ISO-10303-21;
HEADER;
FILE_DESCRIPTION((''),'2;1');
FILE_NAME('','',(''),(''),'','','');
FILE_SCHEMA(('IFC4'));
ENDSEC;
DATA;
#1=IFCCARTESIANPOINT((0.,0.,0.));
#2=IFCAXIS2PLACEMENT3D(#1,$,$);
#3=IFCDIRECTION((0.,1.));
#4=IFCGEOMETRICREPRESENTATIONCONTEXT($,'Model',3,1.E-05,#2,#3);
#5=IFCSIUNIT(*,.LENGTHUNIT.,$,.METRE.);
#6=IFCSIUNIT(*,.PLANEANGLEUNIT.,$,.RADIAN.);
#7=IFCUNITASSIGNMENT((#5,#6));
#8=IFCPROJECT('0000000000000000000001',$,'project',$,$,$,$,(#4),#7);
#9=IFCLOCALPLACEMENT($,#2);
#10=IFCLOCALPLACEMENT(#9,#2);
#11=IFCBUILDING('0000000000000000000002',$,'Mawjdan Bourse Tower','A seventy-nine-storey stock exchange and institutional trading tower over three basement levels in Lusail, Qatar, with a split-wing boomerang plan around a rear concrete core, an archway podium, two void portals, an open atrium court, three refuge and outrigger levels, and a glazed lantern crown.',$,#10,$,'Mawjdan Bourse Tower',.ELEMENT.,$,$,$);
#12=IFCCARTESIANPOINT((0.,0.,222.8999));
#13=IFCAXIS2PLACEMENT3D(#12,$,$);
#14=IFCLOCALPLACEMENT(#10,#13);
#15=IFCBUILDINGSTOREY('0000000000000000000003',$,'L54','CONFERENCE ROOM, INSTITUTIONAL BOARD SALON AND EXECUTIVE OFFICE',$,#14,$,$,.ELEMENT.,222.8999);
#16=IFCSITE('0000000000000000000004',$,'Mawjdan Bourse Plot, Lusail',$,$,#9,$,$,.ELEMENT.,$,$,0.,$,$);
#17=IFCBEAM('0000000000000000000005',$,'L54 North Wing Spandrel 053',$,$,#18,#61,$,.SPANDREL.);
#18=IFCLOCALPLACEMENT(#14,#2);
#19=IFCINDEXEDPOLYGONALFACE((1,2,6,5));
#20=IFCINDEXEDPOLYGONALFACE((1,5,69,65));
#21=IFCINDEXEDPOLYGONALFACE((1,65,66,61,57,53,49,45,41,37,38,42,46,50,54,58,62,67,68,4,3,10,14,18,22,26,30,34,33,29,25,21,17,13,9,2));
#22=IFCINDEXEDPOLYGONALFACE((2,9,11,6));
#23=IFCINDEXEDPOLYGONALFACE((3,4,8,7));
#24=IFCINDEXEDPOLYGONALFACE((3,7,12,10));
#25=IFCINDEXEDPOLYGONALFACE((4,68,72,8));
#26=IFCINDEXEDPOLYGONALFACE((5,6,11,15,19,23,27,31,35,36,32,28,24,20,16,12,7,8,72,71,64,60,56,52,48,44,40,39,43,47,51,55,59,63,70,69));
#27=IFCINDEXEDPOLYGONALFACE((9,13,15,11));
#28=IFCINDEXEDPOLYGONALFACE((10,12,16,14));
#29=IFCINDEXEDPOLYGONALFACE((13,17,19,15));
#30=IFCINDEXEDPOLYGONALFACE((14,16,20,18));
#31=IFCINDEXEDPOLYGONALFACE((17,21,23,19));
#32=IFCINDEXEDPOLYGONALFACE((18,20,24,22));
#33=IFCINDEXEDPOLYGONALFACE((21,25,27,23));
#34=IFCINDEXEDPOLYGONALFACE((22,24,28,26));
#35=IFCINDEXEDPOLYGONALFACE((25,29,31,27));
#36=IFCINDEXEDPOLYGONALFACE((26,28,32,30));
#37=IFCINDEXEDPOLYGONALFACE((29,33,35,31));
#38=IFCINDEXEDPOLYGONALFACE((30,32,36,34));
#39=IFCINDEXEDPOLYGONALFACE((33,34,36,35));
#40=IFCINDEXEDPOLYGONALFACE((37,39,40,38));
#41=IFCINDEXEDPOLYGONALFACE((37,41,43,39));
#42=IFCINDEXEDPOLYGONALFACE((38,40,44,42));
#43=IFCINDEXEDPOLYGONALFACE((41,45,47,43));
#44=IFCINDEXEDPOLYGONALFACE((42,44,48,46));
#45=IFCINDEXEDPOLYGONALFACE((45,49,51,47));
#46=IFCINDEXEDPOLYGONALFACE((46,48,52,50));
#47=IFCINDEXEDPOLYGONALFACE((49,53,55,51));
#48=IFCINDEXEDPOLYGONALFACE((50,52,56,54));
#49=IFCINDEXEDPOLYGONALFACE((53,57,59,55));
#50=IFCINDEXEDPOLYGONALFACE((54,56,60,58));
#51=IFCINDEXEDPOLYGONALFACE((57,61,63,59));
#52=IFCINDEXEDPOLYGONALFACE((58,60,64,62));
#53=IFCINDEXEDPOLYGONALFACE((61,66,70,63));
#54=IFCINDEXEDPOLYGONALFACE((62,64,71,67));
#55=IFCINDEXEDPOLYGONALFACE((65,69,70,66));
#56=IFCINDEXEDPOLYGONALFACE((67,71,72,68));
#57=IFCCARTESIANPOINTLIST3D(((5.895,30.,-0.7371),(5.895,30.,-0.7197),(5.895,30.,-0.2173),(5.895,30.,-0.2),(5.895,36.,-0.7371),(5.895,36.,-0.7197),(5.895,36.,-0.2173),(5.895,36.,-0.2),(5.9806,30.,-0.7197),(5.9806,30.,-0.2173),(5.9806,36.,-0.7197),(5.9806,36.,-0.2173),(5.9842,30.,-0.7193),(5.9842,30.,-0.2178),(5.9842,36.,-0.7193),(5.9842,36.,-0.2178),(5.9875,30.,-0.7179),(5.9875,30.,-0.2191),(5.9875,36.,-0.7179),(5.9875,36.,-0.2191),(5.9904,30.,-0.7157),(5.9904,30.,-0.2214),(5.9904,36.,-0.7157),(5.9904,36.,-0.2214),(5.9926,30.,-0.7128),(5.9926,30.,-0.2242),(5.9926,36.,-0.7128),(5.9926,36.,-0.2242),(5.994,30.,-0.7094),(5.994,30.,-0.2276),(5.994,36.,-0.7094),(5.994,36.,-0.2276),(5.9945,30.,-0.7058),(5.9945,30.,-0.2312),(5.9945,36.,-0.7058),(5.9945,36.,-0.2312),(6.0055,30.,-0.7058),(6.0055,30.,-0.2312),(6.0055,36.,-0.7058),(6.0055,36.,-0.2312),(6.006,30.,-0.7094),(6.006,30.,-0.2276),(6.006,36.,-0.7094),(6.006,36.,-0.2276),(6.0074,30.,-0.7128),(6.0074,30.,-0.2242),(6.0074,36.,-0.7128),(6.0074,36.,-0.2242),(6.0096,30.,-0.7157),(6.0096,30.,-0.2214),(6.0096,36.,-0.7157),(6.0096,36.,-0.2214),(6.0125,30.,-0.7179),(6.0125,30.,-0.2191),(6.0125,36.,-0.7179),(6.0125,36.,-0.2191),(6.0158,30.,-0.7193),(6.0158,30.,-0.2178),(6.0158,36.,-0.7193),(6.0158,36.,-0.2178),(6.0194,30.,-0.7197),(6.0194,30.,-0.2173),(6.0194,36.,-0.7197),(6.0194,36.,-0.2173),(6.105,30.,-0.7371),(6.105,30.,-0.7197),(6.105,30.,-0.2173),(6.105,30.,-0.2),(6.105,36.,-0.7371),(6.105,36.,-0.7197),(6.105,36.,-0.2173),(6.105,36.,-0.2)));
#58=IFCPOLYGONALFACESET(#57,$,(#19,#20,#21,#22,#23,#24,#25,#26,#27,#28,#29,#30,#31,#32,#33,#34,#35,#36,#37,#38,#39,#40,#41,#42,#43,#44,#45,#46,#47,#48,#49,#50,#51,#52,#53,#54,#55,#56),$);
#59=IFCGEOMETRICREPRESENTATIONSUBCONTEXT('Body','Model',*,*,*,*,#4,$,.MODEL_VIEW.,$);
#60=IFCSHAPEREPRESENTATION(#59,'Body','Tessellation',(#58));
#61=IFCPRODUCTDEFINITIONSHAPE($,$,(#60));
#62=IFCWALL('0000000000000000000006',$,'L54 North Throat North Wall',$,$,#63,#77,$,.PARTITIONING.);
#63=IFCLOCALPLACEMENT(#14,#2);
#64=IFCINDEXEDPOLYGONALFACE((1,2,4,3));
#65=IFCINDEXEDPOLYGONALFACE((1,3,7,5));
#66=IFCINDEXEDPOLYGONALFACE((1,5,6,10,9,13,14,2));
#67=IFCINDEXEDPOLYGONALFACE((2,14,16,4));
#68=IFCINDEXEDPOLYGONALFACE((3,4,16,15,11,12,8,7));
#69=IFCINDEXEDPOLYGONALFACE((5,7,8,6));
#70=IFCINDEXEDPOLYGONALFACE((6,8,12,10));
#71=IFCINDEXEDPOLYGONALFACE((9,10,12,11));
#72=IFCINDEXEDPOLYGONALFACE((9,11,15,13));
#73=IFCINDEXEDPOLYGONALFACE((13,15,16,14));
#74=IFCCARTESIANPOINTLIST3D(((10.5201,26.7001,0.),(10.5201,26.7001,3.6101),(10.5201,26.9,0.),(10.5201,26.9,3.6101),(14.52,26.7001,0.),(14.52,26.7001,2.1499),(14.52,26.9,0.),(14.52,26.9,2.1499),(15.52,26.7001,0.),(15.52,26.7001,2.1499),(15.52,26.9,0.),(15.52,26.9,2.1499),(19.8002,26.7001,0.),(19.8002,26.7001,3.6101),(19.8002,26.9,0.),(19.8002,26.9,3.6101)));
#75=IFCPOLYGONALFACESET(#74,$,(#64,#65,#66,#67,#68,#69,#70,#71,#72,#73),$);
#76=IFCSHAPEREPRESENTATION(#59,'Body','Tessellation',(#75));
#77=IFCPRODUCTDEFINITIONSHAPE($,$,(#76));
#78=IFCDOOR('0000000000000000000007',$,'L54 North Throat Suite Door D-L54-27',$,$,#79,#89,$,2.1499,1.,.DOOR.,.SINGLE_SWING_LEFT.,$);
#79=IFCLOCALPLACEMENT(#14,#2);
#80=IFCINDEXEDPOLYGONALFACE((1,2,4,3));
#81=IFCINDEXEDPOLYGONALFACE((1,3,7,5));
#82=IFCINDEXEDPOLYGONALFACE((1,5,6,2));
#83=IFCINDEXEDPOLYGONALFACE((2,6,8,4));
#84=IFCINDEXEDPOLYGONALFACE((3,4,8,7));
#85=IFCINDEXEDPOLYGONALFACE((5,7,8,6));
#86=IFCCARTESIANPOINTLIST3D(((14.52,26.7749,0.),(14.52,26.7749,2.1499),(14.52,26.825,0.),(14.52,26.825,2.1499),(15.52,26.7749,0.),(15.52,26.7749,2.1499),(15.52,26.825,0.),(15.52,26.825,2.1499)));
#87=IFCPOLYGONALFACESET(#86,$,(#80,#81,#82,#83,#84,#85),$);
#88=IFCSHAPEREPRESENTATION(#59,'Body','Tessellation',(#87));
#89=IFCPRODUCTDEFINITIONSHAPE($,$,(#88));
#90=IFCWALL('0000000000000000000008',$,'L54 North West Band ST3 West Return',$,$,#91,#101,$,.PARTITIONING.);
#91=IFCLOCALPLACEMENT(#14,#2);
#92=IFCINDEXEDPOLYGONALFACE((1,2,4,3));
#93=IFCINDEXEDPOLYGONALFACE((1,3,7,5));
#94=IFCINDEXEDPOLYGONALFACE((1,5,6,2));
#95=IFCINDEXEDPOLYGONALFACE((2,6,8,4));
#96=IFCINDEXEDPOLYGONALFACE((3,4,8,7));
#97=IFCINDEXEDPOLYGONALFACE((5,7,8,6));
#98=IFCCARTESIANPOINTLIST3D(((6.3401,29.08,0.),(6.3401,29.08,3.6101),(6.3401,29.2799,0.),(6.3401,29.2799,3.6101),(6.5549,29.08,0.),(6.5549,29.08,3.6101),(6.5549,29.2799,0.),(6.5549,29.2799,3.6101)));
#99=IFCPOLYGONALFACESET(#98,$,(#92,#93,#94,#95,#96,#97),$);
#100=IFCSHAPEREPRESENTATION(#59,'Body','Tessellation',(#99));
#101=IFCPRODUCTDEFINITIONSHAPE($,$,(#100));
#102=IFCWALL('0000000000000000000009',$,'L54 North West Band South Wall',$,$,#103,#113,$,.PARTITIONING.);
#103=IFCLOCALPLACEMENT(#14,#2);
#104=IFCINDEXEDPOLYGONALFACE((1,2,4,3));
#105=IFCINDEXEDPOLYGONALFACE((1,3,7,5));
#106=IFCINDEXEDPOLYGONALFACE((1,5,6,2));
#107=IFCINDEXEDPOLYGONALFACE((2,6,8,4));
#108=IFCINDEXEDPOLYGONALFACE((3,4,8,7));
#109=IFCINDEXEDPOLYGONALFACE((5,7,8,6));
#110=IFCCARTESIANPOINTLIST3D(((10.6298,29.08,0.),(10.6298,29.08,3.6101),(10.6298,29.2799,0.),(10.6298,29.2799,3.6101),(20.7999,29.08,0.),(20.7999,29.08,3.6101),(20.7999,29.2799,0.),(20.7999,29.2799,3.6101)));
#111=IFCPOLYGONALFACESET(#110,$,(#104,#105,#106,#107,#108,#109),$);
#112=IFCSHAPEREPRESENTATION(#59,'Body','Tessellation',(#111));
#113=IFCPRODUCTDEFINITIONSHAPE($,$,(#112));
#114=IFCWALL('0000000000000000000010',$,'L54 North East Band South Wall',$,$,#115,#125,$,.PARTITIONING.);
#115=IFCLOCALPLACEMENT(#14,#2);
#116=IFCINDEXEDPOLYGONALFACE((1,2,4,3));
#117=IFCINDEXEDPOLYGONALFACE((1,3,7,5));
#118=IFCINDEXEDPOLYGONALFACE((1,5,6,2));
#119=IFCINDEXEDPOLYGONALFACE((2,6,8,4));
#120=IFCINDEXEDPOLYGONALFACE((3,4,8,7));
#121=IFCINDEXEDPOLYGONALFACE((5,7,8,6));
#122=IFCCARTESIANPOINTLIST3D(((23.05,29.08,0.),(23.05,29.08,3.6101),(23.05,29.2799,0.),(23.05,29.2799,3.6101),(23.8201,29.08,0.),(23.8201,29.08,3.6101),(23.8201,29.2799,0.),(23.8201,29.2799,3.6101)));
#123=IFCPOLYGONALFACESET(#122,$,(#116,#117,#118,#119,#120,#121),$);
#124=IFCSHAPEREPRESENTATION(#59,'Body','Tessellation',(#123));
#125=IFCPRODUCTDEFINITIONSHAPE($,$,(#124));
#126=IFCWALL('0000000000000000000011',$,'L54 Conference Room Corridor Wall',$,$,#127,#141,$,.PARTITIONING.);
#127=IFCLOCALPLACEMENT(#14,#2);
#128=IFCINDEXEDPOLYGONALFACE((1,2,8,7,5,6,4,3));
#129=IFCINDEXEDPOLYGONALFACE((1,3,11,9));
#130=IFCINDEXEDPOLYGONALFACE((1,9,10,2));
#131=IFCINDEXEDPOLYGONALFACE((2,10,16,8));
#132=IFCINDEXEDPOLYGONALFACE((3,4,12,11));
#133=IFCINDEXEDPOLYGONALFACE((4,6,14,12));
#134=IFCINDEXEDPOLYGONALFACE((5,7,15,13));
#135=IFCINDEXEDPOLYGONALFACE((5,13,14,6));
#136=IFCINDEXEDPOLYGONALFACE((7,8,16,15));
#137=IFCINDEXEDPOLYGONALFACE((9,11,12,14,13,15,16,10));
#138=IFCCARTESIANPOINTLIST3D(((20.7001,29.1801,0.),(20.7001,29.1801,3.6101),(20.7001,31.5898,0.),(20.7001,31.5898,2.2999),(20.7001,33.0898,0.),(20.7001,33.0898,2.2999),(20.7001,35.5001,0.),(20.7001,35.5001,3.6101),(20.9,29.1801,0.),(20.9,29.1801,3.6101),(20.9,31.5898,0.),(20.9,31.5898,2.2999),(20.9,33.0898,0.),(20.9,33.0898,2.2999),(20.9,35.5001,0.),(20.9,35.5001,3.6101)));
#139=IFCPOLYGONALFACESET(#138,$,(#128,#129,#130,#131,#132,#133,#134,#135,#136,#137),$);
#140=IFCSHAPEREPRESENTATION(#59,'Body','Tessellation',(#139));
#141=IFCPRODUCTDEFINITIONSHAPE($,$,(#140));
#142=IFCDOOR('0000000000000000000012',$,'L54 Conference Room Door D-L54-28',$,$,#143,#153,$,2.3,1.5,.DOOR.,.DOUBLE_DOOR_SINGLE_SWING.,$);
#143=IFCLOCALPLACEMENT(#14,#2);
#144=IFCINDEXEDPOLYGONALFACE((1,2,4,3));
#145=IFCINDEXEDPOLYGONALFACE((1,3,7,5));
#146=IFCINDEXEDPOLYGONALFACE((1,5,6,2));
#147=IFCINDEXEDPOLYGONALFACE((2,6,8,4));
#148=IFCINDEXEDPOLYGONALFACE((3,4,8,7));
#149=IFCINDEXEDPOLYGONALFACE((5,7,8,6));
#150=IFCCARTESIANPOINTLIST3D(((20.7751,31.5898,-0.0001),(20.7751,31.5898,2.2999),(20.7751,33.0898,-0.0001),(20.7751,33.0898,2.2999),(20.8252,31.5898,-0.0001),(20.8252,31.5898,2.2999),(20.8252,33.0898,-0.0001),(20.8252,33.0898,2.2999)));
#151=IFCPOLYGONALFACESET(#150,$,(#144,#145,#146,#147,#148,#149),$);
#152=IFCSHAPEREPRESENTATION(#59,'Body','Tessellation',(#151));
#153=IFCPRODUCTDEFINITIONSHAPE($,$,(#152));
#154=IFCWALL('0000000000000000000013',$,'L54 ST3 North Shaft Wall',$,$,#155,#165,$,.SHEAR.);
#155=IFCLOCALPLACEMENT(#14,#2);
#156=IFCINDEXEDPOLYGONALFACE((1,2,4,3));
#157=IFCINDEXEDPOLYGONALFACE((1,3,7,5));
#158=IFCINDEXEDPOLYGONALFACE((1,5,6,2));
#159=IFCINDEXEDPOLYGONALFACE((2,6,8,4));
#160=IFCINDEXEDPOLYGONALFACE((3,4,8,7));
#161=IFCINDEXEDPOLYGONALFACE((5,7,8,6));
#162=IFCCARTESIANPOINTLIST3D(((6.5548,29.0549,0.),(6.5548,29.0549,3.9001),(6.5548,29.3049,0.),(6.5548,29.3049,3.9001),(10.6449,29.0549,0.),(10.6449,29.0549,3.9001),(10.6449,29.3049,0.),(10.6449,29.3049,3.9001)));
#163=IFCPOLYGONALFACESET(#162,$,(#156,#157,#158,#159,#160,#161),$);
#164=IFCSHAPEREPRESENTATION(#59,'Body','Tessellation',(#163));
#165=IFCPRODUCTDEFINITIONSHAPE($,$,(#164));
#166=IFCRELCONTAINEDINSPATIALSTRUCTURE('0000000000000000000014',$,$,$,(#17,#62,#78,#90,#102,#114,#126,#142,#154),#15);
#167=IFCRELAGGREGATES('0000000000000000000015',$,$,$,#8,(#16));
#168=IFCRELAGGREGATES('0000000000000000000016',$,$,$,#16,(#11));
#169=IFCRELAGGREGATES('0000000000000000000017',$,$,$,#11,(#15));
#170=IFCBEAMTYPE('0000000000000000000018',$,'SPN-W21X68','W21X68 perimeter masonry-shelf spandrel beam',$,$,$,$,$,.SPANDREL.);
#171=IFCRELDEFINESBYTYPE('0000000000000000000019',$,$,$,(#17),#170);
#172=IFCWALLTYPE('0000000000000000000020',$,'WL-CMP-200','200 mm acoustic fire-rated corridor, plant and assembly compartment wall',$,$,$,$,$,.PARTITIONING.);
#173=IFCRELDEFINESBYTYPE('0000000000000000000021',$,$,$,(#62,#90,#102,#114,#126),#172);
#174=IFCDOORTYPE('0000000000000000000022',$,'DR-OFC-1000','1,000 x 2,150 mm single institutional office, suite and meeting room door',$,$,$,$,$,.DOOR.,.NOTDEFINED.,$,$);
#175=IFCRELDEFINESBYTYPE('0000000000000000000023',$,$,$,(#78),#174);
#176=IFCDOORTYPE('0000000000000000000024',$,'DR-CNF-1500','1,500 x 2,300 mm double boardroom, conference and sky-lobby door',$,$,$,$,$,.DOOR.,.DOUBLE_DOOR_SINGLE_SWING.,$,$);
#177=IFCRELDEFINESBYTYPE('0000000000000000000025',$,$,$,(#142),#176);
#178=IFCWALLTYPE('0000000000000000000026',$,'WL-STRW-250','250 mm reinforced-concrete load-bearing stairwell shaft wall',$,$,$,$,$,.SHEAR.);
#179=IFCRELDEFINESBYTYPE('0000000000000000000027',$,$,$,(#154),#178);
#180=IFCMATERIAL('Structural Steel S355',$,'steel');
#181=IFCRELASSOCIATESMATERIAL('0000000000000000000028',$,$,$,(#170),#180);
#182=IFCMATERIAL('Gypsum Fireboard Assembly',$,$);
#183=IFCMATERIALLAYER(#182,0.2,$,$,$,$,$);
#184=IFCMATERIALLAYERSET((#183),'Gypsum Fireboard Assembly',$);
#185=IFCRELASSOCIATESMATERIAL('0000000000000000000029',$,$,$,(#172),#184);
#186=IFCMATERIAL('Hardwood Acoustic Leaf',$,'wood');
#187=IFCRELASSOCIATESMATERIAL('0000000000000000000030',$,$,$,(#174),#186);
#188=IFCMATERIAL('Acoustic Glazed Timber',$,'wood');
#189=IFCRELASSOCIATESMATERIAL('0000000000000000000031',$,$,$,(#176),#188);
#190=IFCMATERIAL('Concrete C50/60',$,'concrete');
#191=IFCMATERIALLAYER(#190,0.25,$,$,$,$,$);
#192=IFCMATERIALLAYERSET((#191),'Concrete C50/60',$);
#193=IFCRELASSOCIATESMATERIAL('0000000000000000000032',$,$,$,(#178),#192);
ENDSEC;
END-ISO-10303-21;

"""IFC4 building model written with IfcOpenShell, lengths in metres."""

from ifc_helpers import new_model, si_unit, direction, frame, frame_2d, origin, origin_2d, place, context, subcontext, project, spatial, rectangle, i_section, extrude, material, layer, layer_set, material_profile, profile_set, type_object, element, fill, save


model = new_model("IFC4")

# Units and contexts
model_context = context("Model", 3, precision=1e-05, world=origin(), true_north=direction((0.0, 1.0)))
body_context = subcontext(model_context, "Body", "Model", "MODEL_VIEW")
ifc_project = project(units=[si_unit("LENGTHUNIT", "METRE"), si_unit("PLANEANGLEUNIT", "RADIAN")], contexts=[model_context])

# Site, building, storey
site_placement = place(None, origin())
site = spatial("IfcSite", under=ifc_project, at=site_placement, Name="Mawjdan Bourse Plot, Lusail", CompositionType="ELEMENT", RefElevation=0.0)
building_placement = place(site_placement, origin())
building = spatial("IfcBuilding", under=site, at=building_placement, Name="Mawjdan Bourse Tower", Description="A seventy-nine-storey stock exchange and institutional trading tower over three basement levels in Lusail, Qatar, with a split-wing boomerang plan around a rear concrete core, an archway podium, two void portals, an open atrium court, three refuge and outrigger levels, and a glazed lantern crown.", LongName="Mawjdan Bourse Tower", CompositionType="ELEMENT")
storey_placement = place(building_placement, frame((0.0, 0.0, 222.8999)))
storey = spatial("IfcBuildingStorey", under=building, at=storey_placement, Name="L54", Description="CONFERENCE ROOM, INSTITUTIONAL BOARD SALON AND EXECUTIVE OFFICE", CompositionType="ELEMENT", Elevation=222.8999)

# Beam
ifc_material_1 = material(Name="Structural Steel S355", Category="steel")
ifc_material_profile_1 = material_profile(ifc_material_1, i_section(OverallWidth=0.21, OverallDepth=0.5371, WebThickness=0.011, FlangeThickness=0.0173, FilletRadius=0.0139, at=origin_2d()), Name="W21X68")
ifc_profile_set_1 = profile_set([ifc_material_profile_1], Name="Structural Steel S355")
beam_type_1 = type_object("IfcBeamType", Name="SPN-W21X68", Description="W21X68 perimeter masonry-shelf spandrel beam", PredefinedType="SPANDREL", material=ifc_profile_set_1)
beam_1_placement = place(storey_placement, frame((6.0, 30.0, -0.4685), z_axis=(0.0, 1.0, 0.0), x_axis=(-1.0, 0.0, 0.0)))
element("IfcBeam", 1, at=beam_1_placement, inside=storey, type_object=beam_type_1, Name="L54 North Wing Spandrel 053", PredefinedType="SPANDREL", context=body_context, shape_type="SweptSolid", body=[
    extrude(i_section(OverallWidth=0.21, OverallDepth=0.5371, WebThickness=0.011, FlangeThickness=0.0173, FilletRadius=0.0139, at=origin_2d()), origin(), (0.0, 0.0, 1.0), 6.0),
])

# Wall, opening, door
ifc_material_2 = material(Name="Gypsum Fireboard Assembly")
ifc_layer_1 = layer(ifc_material_2, 0.2)
ifc_layer_set_1 = layer_set([ifc_layer_1], Name="Gypsum Fireboard Assembly")
wall_type_1 = type_object("IfcWallType", Name="WL-CMP-200", Description="200 mm acoustic fire-rated corridor, plant and assembly compartment wall", PredefinedType="PARTITIONING", material=ifc_layer_set_1)
wall_1_placement = place(storey_placement, frame((10.52, 26.8, 0.0), z_axis=(0.0, 0.0, 1.0), x_axis=(1.0, 0.0, 0.0)))
wall_1 = element("IfcWall", 2, at=wall_1_placement, inside=storey, type_object=wall_type_1, Name="L54 North Throat North Wall", PredefinedType="PARTITIONING", context=body_context, shape_type="SweptSolid", body=[
    extrude(rectangle(XDim=9.28, YDim=0.2, at=frame_2d((4.6401, 0.0))), origin(), (0.0, 0.0, 1.0), 3.6101),
])
opening_1_placement = place(wall_1_placement, frame((4.0, 0.0, 0.0)))
opening_1 = element("IfcOpeningElement", 3, at=opening_1_placement, cuts=wall_1, PredefinedType="OPENING", context=body_context, shape_type="SweptSolid", body=[
    extrude(rectangle(XDim=1.0, YDim=2.1499, at=frame_2d((0.5, 1.075))), frame((0.0, 0.1099, 0.0), z_axis=(0.0, -1.0, 0.0), x_axis=(1.0, 0.0, 0.0)), (0.0, 0.0, 1.0), 0.22),
])
ifc_material_3 = material(Name="Hardwood Acoustic Leaf", Category="wood")
door_type_1 = type_object("IfcDoorType", Name="DR-OFC-1000", Description="1,000 x 2,150 mm single institutional office, suite and meeting room door", OperationType="NOTDEFINED", PredefinedType="DOOR", material=ifc_material_3)
door_1_placement = place(opening_1_placement, origin())
door_1 = element("IfcDoor", 4, at=door_1_placement, inside=storey, type_object=door_type_1, Name="L54 North Throat Suite Door D-L54-27", OperationType="SINGLE_SWING_LEFT", OverallHeight=2.1499, OverallWidth=1.0, PredefinedType="DOOR", context=body_context, shape_type="SweptSolid", body=[
    extrude(rectangle(XDim=1.0, YDim=2.1499, at=frame_2d((0.5, 1.075))), frame((0.0, 0.0249, 0.0), z_axis=(0.0, -1.0, 0.0), x_axis=(1.0, 0.0, 0.0)), (0.0, 0.0, 1.0), 0.05),
])
fill(opening_1, door_1)

# Walls
wall_2_placement = place(storey_placement, frame((6.3401, 29.1799, 0.0), z_axis=(0.0, 0.0, 1.0), x_axis=(1.0, 0.0, 0.0)))
element("IfcWall", 5, at=wall_2_placement, inside=storey, type_object=wall_type_1, Name="L54 North West Band ST3 West Return", PredefinedType="PARTITIONING", context=body_context, shape_type="SweptSolid", body=[
    extrude(rectangle(XDim=0.2148, YDim=0.2, at=frame_2d((0.1074, 0.0))), origin(), (0.0, 0.0, 1.0), 3.6101),
])
wall_3_placement = place(storey_placement, frame((10.6299, 29.1799, 0.0), z_axis=(0.0, 0.0, 1.0), x_axis=(1.0, 0.0, 0.0)))
element("IfcWall", 6, at=wall_3_placement, inside=storey, type_object=wall_type_1, Name="L54 North West Band South Wall", PredefinedType="PARTITIONING", context=body_context, shape_type="SweptSolid", body=[
    extrude(rectangle(XDim=10.1702, YDim=0.2, at=frame_2d((5.085, 0.0))), origin(), (0.0, 0.0, 1.0), 3.6101),
])
wall_4_placement = place(storey_placement, frame((23.05, 29.1799, 0.0), z_axis=(0.0, 0.0, 1.0), x_axis=(1.0, 0.0, 0.0)))
element("IfcWall", 7, at=wall_4_placement, inside=storey, type_object=wall_type_1, Name="L54 North East Band South Wall", PredefinedType="PARTITIONING", context=body_context, shape_type="SweptSolid", body=[
    extrude(rectangle(XDim=0.77, YDim=0.2, at=frame_2d((0.385, 0.0))), origin(), (0.0, 0.0, 1.0), 3.6101),
])

# Wall, opening, door
wall_5_placement = place(storey_placement, frame((20.8, 29.1799, 0.0), z_axis=(0.0, 0.0, 1.0), x_axis=(0.0, 1.0, 0.0)))
wall_5 = element("IfcWall", 8, at=wall_5_placement, inside=storey, type_object=wall_type_1, Name="L54 Conference Room Corridor Wall", PredefinedType="PARTITIONING", context=body_context, shape_type="SweptSolid", body=[
    extrude(rectangle(XDim=6.3201, YDim=0.2, at=frame_2d((3.1602, 0.0))), origin(), (0.0, 0.0, 1.0), 3.6101),
])
opening_2_placement = place(wall_5_placement, frame((2.4099, 0.0, 0.0)))
opening_2 = element("IfcOpeningElement", 9, at=opening_2_placement, cuts=wall_5, PredefinedType="OPENING", context=body_context, shape_type="SweptSolid", body=[
    extrude(rectangle(XDim=1.5, YDim=2.3, at=frame_2d((0.75, 1.1499))), frame((0.0, 0.1099, 0.0), z_axis=(0.0, -1.0, 0.0), x_axis=(1.0, 0.0, 0.0)), (0.0, 0.0, 1.0), 0.22),
])
ifc_material_4 = material(Name="Acoustic Glazed Timber", Category="wood")
door_type_2 = type_object("IfcDoorType", Name="DR-CNF-1500", Description="1,500 x 2,300 mm double boardroom, conference and sky-lobby door", OperationType="DOUBLE_DOOR_SINGLE_SWING", PredefinedType="DOOR", material=ifc_material_4)
door_2_placement = place(opening_2_placement, origin())
door_2 = element("IfcDoor", 10, at=door_2_placement, inside=storey, type_object=door_type_2, Name="L54 Conference Room Door D-L54-28", OperationType="DOUBLE_DOOR_SINGLE_SWING", OverallHeight=2.3, OverallWidth=1.5, PredefinedType="DOOR", context=body_context, shape_type="SweptSolid", body=[
    extrude(rectangle(XDim=1.5, YDim=2.3, at=frame_2d((0.75, 1.1499))), frame((0.0, 0.0249, 0.0), z_axis=(0.0, -1.0, 0.0), x_axis=(1.0, 0.0, 0.0)), (0.0, 0.0, 1.0), 0.05),
])
fill(opening_2, door_2)

# Wall
ifc_material_5 = material(Name="Concrete C50/60", Category="concrete")
ifc_layer_2 = layer(ifc_material_5, 0.25)
ifc_layer_set_2 = layer_set([ifc_layer_2], Name="Concrete C50/60")
wall_type_2 = type_object("IfcWallType", Name="WL-STRW-250", Description="250 mm reinforced-concrete load-bearing stairwell shaft wall", PredefinedType="SHEAR", material=ifc_layer_set_2)
wall_6_placement = place(storey_placement, frame((6.5549, 29.1799, 0.0), z_axis=(0.0, 0.0, 1.0), x_axis=(1.0, 0.0, 0.0)))
element("IfcWall", 11, at=wall_6_placement, inside=storey, type_object=wall_type_2, Name="L54 ST3 North Shaft Wall", PredefinedType="SHEAR", context=body_context, shape_type="SweptSolid", body=[
    extrude(rectangle(XDim=4.0901, YDim=0.25, at=frame_2d((2.0449, 0.0))), origin(), (0.0, 0.0, 1.0), 3.9001),
])

save(model, "model.ifc")
